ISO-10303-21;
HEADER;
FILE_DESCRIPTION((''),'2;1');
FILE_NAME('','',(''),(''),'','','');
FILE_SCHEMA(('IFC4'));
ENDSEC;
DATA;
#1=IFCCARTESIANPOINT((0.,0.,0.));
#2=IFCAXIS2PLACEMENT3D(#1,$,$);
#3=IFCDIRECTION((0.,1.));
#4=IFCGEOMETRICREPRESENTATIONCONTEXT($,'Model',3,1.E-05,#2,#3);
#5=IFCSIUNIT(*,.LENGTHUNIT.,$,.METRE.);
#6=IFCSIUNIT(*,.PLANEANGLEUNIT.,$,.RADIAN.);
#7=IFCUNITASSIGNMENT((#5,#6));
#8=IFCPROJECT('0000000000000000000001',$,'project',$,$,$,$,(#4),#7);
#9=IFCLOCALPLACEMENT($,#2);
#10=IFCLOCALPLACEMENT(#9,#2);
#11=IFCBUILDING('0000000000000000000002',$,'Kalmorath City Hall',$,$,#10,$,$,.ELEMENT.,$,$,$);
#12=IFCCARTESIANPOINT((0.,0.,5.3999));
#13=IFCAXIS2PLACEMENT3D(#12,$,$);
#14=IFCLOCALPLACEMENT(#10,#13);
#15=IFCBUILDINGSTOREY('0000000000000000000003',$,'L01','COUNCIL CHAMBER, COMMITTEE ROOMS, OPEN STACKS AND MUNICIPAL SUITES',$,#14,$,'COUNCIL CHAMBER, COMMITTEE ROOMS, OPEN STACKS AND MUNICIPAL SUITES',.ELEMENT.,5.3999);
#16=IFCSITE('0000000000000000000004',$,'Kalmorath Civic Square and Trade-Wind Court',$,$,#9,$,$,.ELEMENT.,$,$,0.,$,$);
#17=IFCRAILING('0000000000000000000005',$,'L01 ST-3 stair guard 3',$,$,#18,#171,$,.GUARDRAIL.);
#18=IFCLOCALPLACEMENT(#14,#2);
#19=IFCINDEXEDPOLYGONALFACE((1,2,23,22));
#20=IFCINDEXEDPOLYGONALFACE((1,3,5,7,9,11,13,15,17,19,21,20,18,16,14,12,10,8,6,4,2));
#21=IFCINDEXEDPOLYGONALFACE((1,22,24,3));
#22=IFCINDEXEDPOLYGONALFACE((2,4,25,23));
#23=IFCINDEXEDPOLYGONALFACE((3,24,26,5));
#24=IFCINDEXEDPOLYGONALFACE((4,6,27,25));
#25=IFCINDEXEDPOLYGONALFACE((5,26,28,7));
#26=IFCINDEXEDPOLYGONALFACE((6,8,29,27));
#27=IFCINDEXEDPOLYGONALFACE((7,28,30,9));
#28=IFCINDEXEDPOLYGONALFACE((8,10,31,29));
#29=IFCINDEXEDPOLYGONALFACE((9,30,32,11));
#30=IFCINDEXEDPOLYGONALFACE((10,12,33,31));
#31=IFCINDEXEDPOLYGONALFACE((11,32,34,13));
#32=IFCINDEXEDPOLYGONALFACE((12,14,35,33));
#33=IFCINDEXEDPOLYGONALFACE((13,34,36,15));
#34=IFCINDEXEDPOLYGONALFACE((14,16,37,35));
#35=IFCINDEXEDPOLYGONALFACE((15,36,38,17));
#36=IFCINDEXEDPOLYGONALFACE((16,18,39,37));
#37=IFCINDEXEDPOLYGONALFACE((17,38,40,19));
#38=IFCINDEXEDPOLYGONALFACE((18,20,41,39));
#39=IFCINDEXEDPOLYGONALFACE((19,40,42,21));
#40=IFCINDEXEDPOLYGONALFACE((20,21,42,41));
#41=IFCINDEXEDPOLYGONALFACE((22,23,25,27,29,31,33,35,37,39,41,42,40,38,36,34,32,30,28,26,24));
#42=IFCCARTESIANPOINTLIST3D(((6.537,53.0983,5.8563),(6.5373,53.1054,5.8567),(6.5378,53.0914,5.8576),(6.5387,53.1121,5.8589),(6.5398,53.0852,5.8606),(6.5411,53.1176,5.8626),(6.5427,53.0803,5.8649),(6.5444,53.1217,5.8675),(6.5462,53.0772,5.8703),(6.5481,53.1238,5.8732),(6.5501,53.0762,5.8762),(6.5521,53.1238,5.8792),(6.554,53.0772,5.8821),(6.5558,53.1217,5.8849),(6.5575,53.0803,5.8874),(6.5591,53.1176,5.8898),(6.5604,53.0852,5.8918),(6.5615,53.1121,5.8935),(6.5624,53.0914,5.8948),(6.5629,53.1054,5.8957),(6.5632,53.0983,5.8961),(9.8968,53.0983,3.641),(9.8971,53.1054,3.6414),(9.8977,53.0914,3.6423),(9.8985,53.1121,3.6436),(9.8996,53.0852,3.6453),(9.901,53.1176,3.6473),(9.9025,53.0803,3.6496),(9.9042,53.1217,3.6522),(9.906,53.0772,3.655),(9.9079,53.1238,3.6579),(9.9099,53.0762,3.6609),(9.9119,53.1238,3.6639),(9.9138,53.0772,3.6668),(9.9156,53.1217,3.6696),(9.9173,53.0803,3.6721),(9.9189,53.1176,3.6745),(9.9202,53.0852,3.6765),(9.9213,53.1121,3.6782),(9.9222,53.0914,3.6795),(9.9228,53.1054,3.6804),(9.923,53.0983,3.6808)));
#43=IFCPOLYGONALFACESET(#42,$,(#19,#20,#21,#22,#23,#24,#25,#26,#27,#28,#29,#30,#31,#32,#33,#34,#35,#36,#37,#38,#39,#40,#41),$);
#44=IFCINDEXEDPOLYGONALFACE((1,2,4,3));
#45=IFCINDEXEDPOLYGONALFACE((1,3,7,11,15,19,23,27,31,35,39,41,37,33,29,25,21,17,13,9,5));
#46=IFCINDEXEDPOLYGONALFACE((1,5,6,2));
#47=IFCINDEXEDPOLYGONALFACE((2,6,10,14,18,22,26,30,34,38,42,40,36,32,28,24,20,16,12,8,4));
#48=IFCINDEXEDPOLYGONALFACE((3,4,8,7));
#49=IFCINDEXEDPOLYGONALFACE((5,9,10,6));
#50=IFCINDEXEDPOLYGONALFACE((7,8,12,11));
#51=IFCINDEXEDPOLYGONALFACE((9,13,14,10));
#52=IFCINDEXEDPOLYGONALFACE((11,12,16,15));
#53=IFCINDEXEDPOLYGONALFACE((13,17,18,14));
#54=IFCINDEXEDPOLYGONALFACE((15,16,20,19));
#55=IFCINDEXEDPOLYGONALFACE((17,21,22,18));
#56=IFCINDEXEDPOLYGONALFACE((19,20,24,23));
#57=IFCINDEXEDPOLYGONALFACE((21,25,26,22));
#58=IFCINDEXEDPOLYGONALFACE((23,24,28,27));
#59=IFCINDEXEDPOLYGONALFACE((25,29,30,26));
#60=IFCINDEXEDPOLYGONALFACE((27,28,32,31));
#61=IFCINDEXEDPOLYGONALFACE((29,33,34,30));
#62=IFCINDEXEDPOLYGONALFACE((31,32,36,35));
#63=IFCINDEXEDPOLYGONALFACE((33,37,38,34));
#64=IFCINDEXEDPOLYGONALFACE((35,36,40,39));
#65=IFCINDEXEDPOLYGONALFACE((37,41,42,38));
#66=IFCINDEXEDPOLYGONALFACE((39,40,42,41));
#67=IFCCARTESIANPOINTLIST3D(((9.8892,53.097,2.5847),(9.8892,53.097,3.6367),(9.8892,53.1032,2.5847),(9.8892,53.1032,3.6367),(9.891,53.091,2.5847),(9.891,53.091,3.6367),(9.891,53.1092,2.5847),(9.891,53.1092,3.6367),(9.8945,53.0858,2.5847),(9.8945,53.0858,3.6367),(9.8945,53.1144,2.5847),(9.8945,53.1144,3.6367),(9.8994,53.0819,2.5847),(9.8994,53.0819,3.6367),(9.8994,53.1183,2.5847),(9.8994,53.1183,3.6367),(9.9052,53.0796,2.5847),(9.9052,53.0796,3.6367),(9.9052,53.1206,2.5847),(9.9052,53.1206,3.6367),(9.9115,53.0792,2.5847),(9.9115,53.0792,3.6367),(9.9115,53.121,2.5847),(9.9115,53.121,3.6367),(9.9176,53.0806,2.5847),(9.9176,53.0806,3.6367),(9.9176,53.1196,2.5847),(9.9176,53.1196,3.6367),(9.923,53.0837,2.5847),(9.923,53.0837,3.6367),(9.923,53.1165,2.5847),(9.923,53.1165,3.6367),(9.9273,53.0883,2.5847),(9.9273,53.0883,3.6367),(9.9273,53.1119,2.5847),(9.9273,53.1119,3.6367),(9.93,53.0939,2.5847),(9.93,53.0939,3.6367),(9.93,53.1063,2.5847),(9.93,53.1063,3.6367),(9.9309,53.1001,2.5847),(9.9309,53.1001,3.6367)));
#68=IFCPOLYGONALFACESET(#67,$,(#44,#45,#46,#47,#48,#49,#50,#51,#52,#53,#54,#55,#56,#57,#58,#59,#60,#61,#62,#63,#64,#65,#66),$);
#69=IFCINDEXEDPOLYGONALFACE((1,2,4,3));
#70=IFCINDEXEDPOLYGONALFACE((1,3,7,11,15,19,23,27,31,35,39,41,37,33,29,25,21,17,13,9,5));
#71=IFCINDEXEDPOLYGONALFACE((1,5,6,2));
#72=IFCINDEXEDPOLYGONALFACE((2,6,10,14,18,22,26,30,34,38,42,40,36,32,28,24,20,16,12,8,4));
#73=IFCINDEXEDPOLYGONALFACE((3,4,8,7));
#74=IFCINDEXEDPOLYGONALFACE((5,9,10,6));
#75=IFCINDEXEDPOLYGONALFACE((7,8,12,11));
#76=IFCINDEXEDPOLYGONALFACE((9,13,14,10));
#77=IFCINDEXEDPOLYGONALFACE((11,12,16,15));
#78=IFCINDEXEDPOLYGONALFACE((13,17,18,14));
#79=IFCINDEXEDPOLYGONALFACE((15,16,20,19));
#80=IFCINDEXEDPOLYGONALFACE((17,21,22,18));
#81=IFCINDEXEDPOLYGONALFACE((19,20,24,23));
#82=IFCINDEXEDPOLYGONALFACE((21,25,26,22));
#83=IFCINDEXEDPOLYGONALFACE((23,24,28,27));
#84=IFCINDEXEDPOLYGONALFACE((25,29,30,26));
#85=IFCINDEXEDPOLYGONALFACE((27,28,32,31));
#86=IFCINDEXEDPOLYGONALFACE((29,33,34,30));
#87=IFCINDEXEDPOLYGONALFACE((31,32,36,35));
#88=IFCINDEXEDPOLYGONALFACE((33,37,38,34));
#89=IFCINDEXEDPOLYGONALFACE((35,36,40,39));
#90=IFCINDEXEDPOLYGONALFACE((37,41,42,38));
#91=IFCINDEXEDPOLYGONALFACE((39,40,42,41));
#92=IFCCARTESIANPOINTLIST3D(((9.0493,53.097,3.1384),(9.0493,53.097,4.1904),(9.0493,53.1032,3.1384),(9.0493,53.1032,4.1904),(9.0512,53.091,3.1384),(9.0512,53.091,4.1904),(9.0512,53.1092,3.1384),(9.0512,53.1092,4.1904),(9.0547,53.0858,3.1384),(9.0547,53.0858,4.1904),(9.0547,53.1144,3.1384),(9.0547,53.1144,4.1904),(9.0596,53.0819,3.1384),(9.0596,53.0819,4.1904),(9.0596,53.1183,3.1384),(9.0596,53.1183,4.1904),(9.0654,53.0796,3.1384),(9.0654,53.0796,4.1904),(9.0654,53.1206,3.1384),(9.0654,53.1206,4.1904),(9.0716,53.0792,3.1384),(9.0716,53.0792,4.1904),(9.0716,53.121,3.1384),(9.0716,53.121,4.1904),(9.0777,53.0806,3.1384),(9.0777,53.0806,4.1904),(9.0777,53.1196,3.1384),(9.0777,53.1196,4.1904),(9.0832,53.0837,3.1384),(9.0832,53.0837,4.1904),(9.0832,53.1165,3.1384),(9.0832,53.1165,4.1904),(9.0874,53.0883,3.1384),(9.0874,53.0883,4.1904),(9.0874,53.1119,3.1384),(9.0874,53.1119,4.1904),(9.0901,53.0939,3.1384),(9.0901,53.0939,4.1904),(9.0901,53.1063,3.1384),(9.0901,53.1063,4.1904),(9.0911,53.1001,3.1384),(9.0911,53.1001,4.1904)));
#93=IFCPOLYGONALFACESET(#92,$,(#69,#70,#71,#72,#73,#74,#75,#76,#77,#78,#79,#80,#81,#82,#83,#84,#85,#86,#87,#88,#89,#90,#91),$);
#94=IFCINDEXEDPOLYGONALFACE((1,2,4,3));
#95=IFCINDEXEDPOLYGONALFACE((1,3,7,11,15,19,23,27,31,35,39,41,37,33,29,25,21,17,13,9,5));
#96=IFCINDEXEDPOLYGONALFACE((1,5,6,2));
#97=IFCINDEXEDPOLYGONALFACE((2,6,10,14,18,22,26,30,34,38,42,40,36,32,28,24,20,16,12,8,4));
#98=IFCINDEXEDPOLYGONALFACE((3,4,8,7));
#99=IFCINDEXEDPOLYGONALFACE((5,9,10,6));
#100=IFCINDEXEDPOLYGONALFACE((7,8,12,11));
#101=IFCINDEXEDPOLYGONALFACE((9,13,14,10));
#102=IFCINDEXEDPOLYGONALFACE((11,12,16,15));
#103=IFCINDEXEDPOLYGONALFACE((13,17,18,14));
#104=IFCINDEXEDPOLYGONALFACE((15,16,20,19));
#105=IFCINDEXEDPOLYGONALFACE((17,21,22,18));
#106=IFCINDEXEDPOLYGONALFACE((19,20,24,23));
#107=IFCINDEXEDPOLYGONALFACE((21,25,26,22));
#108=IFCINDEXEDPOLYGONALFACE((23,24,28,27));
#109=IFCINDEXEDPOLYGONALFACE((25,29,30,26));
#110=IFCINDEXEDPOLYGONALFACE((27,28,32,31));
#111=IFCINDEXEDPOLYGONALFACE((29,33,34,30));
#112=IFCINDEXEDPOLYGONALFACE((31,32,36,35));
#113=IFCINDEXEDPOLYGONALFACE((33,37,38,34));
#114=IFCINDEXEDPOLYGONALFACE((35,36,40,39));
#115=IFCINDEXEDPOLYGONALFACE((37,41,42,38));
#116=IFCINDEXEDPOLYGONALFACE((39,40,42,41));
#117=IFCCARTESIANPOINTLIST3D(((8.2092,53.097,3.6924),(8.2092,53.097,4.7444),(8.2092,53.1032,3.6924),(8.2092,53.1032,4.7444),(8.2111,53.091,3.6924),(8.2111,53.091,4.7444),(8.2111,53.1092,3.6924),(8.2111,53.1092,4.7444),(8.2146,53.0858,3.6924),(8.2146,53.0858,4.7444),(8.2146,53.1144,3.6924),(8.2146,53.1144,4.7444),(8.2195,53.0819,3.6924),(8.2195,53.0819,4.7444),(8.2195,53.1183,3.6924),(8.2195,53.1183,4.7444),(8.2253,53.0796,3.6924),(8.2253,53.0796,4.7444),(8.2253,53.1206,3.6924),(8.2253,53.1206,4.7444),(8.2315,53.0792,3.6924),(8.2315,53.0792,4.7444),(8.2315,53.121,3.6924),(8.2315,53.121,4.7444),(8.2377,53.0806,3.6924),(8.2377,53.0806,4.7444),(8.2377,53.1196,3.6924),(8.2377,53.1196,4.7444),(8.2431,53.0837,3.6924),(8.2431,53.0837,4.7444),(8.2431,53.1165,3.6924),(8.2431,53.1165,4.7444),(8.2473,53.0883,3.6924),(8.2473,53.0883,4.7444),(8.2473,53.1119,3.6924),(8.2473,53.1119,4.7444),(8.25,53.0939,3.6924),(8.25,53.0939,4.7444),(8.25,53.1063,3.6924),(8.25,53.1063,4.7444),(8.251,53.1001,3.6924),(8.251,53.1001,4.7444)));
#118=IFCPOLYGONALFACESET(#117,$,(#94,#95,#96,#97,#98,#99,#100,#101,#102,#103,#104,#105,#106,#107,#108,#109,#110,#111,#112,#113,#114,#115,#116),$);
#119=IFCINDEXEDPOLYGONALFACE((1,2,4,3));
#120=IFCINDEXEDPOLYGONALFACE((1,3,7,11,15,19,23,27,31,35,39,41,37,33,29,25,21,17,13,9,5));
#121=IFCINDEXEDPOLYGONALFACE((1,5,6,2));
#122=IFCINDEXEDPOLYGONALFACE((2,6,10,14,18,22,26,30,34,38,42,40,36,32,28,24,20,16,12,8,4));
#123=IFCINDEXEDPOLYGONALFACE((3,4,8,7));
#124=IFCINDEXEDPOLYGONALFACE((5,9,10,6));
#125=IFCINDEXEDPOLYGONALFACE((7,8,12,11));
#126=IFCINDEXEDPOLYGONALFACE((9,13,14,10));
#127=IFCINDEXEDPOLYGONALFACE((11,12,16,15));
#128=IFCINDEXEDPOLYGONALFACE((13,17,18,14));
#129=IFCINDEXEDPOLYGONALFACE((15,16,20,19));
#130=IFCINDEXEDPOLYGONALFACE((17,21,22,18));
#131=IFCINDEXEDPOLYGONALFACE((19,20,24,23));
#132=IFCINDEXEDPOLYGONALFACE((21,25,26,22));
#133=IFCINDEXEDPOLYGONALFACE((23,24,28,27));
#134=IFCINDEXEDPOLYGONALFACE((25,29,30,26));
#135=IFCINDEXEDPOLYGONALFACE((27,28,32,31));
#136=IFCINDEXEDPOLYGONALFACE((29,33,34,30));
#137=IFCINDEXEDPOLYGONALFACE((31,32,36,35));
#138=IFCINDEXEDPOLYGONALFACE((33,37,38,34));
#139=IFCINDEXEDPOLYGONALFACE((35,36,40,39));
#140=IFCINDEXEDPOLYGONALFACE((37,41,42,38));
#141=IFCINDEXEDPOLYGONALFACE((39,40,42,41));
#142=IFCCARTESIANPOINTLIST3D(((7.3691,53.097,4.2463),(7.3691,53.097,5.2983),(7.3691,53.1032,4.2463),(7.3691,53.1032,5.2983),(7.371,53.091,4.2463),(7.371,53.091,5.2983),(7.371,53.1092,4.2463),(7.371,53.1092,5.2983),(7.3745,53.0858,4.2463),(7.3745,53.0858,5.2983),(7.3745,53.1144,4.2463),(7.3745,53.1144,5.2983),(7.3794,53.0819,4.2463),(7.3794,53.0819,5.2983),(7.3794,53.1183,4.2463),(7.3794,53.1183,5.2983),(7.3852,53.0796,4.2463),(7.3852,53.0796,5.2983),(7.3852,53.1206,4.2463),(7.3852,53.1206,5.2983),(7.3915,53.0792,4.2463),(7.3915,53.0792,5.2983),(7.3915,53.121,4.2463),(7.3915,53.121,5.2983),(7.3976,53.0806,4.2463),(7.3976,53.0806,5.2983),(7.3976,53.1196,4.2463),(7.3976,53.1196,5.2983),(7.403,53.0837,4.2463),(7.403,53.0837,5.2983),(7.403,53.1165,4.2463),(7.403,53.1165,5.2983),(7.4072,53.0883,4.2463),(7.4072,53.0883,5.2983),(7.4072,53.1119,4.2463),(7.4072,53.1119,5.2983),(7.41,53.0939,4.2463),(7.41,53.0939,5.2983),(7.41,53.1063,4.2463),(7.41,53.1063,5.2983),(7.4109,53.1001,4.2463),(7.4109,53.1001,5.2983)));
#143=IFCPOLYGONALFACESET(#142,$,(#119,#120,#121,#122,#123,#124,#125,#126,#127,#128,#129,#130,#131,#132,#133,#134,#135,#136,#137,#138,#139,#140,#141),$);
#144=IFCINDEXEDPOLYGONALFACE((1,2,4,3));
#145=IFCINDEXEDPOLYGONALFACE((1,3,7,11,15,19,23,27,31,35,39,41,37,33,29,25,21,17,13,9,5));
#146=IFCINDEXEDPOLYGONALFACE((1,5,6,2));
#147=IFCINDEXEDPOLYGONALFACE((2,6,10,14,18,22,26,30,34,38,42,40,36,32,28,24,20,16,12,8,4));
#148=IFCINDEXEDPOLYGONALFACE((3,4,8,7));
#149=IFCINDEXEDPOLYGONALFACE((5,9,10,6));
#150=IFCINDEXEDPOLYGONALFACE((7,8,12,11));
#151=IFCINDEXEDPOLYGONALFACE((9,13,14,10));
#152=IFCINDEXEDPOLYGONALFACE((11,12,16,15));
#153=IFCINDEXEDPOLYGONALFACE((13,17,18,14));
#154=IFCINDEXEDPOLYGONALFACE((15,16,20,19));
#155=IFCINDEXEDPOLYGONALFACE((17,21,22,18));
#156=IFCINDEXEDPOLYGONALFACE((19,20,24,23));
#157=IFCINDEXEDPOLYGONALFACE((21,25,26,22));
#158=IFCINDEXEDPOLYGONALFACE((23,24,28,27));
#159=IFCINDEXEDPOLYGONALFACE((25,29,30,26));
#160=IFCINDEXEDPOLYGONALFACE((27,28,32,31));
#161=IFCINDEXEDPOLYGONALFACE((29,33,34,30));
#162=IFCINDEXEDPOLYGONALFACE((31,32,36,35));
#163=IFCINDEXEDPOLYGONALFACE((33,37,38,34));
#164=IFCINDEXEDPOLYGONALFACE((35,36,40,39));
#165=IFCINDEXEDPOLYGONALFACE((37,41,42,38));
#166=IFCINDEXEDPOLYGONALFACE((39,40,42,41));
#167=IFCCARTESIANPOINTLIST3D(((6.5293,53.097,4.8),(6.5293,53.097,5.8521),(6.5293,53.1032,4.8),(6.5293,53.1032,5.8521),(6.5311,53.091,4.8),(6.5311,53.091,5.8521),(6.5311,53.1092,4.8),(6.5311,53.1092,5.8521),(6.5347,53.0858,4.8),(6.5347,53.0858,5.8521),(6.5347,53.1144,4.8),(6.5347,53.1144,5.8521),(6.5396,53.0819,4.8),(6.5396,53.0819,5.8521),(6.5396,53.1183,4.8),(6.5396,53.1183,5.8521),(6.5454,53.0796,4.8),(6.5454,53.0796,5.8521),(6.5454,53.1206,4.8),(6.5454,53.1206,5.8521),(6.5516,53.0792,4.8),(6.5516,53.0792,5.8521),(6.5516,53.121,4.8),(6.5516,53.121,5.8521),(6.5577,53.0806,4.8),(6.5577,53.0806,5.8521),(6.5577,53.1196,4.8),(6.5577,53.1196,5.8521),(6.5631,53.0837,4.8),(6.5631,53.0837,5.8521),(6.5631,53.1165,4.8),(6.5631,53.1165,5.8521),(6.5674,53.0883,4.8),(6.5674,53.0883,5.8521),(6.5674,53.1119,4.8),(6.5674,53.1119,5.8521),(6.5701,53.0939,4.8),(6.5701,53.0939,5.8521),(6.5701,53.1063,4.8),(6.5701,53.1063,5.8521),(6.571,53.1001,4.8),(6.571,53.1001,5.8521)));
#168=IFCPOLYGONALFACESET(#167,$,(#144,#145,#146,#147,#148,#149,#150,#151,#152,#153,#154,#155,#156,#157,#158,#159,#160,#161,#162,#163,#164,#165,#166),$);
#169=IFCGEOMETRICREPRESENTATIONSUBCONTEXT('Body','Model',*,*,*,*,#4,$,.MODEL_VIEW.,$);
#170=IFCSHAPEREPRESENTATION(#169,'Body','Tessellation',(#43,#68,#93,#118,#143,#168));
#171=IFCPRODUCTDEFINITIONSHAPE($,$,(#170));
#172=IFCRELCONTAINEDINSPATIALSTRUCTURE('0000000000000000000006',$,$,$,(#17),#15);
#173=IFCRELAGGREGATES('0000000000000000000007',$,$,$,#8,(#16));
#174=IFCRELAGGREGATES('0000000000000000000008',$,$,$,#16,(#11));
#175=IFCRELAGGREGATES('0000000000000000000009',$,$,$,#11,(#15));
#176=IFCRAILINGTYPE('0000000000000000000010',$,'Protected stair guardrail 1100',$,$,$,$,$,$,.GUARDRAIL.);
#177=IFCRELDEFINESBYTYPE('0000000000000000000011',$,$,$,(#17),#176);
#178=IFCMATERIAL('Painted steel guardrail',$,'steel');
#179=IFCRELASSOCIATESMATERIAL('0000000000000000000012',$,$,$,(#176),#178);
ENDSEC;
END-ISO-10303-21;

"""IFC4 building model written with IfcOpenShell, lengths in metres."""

from ifc_helpers import new_model, si_unit, direction, frame, origin, origin_2d, place, context, subcontext, project, spatial, circle, extrude, material, type_object, element, save


model = new_model("IFC4")

# Units and contexts
model_context = context("Model", 3, precision=1e-05, world=origin(), true_north=direction((0.0, 1.0)))
body_context = subcontext(model_context, "Body", "Model", "MODEL_VIEW")
ifc_project = project(units=[si_unit("LENGTHUNIT", "METRE"), si_unit("PLANEANGLEUNIT", "RADIAN")], contexts=[model_context])

# Site, building, storey
site_placement = place(None, origin())
site = spatial("IfcSite", under=ifc_project, at=site_placement, Name="Kalmorath Civic Square and Trade-Wind Court", CompositionType="ELEMENT", RefElevation=0.0)
building_placement = place(site_placement, origin())
building = spatial("IfcBuilding", under=site, at=building_placement, Name="Kalmorath City Hall", CompositionType="ELEMENT")
storey_placement = place(building_placement, frame((0.0, 0.0, 5.3999)))
storey = spatial("IfcBuildingStorey", under=building, at=storey_placement, Name="L01", Description="COUNCIL CHAMBER, COMMITTEE ROOMS, OPEN STACKS AND MUNICIPAL SUITES", LongName="COUNCIL CHAMBER, COMMITTEE ROOMS, OPEN STACKS AND MUNICIPAL SUITES", CompositionType="ELEMENT", Elevation=5.3999)

# Railing
ifc_material_1 = material(Name="Painted steel guardrail", Category="steel")
railing_type_1 = type_object("IfcRailingType", Name="Protected stair guardrail 1100", PredefinedType="GUARDRAIL", material=ifc_material_1)
railing_1_placement = place(storey_placement, frame((9.9099, 53.1001, 2.5847)))
element("IfcRailing", 1, at=railing_1_placement, inside=storey, type_object=railing_type_1, Name="L01 ST-3 stair guard 3", PredefinedType="GUARDRAIL", context=body_context, shape_type="SweptSolid", body=[
    extrude(circle(Radius=0.0239, at=origin_2d()), frame((0.0, 0.0, 1.0762), z_axis=(-0.834858, 0.0, 0.550465), x_axis=(0.0, -1.0, 0.0)), (0.0, 0.0, 1.0), 4.0244),
    extrude(circle(Radius=0.021, at=origin_2d()), origin(), (0.0, 0.0, 1.0), 1.052),
    extrude(circle(Radius=0.021, at=origin_2d()), frame((-0.8398, 0.0, 0.5537)), (0.0, 0.0, 1.0), 1.052),
    extrude(circle(Radius=0.021, at=origin_2d()), frame((-1.6799, 0.0, 1.1077)), (0.0, 0.0, 1.0), 1.052),
    extrude(circle(Radius=0.021, at=origin_2d()), frame((-2.52, 0.0, 1.6616)), (0.0, 0.0, 1.0), 1.052),
    extrude(circle(Radius=0.021, at=origin_2d()), frame((-3.3599, 0.0, 2.2153)), (0.0, 0.0, 1.0), 1.052),
])

save(model, "model.ifc")
